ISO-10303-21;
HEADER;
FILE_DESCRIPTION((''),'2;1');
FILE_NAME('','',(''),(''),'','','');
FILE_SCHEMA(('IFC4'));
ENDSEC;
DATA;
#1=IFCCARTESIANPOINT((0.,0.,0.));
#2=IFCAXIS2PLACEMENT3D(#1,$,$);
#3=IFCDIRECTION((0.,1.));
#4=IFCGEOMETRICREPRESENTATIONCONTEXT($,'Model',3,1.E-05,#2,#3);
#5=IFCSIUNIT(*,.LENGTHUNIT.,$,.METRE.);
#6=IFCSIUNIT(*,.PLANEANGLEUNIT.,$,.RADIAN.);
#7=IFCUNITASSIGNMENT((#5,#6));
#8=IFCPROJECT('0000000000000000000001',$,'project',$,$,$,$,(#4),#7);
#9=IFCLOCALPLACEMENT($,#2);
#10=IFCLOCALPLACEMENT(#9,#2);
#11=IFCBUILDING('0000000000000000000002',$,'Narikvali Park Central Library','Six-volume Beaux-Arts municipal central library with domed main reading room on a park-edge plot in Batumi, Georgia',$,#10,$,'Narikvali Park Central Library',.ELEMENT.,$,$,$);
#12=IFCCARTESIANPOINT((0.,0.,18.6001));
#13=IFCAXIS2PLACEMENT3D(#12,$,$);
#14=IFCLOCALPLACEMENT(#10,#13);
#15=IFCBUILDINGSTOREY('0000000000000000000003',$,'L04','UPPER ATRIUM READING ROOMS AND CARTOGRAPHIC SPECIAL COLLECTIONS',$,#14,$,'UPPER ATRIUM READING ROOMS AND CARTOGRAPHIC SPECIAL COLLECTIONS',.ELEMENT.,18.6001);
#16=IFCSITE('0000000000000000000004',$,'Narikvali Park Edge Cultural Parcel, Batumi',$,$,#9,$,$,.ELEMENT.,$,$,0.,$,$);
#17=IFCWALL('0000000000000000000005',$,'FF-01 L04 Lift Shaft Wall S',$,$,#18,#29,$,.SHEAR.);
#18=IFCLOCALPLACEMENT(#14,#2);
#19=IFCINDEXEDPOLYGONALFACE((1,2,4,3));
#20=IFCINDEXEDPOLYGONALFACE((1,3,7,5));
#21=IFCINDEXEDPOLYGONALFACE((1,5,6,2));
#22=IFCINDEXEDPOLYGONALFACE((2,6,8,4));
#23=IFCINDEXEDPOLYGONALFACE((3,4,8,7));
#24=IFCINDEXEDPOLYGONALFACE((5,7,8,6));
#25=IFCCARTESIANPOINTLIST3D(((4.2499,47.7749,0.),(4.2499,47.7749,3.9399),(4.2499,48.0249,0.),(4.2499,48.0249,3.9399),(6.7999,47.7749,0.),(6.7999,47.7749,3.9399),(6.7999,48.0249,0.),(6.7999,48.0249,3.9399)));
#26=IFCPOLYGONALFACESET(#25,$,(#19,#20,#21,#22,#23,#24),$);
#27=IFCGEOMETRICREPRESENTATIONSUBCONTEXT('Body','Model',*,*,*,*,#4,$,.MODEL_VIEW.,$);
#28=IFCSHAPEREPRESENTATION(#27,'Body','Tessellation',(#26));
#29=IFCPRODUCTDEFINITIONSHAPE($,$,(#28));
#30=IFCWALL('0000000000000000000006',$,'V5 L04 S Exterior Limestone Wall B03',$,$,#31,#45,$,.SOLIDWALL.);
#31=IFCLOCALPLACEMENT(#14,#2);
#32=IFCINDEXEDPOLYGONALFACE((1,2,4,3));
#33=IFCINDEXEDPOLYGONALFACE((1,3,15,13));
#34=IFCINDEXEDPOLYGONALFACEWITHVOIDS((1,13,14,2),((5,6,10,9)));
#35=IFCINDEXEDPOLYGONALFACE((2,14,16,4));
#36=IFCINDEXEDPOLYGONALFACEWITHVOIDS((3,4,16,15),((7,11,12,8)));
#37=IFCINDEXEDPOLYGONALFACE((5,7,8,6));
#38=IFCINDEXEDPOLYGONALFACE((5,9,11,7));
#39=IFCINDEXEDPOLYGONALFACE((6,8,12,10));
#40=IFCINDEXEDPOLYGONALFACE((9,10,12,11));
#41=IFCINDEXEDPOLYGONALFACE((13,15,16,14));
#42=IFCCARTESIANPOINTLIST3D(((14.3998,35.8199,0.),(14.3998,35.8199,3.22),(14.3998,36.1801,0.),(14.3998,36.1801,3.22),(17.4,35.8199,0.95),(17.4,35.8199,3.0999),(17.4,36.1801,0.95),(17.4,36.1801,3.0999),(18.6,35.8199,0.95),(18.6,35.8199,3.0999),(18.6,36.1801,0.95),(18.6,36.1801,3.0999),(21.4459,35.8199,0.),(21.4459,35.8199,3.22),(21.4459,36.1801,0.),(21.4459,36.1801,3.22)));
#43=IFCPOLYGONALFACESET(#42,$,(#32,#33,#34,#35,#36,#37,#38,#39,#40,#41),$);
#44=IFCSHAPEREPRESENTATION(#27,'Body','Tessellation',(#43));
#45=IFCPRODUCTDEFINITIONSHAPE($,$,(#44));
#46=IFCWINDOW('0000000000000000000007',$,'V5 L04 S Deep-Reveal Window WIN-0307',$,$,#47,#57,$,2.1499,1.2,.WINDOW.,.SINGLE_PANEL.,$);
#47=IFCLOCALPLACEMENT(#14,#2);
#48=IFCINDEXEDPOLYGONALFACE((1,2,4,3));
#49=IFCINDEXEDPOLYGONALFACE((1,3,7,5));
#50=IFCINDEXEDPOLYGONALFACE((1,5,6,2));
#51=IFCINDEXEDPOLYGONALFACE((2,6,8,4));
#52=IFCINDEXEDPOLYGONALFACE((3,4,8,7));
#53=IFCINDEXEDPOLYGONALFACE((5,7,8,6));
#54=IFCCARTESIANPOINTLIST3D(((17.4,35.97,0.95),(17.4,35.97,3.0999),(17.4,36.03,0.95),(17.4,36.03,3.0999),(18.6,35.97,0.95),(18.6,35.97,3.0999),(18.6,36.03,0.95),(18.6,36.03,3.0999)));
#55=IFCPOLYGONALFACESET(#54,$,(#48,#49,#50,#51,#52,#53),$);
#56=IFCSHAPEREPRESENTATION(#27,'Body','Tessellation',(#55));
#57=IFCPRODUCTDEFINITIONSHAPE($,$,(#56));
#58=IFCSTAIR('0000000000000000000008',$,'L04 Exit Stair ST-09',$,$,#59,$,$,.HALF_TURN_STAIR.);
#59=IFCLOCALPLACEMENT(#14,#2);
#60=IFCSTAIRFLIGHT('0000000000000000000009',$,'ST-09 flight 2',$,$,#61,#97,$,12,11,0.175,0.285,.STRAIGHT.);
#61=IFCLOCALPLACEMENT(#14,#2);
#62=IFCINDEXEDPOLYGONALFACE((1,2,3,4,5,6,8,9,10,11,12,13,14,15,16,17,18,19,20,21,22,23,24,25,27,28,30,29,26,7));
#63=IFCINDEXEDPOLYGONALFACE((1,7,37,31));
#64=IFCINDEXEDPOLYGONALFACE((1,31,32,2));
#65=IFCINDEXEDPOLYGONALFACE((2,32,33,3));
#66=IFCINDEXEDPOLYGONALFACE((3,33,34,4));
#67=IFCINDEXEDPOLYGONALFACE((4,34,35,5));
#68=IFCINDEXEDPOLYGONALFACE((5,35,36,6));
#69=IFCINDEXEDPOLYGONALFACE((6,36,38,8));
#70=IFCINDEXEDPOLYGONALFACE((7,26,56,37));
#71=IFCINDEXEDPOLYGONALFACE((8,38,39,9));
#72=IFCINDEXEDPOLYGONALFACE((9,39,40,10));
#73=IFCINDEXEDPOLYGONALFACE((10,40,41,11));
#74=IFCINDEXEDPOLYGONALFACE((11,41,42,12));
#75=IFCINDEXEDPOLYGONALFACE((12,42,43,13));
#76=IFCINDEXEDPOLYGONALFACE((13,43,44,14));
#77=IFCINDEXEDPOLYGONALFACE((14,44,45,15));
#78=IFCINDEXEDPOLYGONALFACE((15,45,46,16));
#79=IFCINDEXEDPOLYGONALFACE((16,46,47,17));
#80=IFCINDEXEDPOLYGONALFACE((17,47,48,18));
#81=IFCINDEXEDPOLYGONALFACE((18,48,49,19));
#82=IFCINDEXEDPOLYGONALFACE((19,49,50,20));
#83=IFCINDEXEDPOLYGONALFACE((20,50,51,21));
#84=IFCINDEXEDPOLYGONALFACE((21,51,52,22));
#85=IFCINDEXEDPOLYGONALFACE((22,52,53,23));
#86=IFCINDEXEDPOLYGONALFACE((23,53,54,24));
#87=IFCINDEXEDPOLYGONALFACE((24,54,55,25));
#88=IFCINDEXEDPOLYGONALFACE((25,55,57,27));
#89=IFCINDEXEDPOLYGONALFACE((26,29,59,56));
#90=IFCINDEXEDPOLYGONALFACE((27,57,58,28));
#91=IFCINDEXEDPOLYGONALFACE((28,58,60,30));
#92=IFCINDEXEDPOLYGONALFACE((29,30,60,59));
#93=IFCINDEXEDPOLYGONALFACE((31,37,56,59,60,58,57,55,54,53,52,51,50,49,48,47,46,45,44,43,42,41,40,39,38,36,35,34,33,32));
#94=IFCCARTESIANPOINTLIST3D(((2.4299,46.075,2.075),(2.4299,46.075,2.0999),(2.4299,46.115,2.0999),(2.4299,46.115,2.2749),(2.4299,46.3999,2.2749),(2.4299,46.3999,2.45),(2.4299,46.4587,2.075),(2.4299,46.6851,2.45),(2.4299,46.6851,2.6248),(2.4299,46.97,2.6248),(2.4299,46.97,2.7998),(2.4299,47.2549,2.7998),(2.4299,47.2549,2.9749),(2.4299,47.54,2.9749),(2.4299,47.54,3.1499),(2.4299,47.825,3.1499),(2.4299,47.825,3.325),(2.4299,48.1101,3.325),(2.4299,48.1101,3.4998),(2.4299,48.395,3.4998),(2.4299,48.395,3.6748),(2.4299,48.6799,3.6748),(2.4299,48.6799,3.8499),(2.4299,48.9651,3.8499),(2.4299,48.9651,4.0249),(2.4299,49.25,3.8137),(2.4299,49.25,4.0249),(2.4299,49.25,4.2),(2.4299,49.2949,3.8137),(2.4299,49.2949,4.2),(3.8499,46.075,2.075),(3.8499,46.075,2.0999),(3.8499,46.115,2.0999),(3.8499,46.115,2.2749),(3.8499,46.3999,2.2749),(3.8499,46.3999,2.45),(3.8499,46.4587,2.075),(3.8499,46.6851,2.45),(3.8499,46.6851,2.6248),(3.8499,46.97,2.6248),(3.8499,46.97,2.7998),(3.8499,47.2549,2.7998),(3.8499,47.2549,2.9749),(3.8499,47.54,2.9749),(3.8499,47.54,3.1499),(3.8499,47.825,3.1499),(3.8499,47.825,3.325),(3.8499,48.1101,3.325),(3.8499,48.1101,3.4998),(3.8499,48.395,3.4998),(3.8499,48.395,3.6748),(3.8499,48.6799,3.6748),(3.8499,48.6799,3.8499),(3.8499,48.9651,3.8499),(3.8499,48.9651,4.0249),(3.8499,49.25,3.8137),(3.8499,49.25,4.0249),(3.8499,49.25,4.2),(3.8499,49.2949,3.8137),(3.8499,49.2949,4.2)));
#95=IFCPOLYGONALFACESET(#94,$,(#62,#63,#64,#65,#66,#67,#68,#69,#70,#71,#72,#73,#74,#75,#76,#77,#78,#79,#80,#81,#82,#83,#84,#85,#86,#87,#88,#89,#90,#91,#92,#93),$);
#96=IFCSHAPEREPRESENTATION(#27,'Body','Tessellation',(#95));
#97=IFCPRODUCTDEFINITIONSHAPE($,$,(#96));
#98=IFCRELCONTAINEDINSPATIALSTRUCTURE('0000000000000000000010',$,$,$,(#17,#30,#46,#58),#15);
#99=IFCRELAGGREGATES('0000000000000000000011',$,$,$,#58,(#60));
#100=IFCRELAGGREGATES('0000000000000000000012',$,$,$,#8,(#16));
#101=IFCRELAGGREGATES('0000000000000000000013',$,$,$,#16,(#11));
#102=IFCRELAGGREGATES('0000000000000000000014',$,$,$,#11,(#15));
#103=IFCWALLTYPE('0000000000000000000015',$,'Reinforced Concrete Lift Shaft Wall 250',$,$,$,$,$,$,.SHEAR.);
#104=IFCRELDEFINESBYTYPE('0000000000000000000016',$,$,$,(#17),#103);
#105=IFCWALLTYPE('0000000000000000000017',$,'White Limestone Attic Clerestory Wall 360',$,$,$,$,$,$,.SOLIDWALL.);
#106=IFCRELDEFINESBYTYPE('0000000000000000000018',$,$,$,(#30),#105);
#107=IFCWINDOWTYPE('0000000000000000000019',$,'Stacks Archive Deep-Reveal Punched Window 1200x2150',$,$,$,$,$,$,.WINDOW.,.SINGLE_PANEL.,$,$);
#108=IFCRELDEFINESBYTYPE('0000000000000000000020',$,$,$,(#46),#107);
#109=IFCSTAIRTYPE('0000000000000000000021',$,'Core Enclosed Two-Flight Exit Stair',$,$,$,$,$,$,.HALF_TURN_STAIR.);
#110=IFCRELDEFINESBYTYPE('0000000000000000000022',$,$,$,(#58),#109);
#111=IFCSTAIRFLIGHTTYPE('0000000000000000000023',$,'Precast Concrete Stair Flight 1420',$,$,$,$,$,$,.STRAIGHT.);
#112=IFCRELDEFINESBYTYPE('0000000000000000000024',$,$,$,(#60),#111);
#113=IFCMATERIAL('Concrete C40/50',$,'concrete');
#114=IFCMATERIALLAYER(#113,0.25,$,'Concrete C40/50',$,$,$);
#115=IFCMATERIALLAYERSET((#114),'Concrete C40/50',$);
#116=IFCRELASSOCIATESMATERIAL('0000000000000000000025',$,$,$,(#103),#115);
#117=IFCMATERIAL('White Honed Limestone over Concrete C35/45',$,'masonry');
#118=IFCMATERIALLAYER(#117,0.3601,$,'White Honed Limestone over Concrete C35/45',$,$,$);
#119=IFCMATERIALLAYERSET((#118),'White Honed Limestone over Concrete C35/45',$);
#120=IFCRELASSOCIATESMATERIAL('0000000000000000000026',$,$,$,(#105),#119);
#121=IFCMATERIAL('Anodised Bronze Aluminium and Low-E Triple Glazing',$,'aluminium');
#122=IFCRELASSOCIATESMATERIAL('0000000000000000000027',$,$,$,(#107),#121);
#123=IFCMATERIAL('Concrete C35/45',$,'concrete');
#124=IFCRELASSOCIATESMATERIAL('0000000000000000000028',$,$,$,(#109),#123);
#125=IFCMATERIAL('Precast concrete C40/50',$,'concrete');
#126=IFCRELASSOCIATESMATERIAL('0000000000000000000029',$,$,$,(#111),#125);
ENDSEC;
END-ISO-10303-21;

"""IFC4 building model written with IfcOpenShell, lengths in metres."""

from ifc_helpers import new_model, si_unit, direction, frame, frame_2d, origin, place, context, subcontext, project, spatial, polyline, rectangle, outline, extrude, material, layer, layer_set, type_object, element, fill, aggregate, save


model = new_model("IFC4")

# Units and contexts
model_context = context("Model", 3, precision=1e-05, world=origin(), true_north=direction((0.0, 1.0)))
body_context = subcontext(model_context, "Body", "Model", "MODEL_VIEW")
ifc_project = project(units=[si_unit("LENGTHUNIT", "METRE"), si_unit("PLANEANGLEUNIT", "RADIAN")], contexts=[model_context])

# Site, building, storey
site_placement = place(None, origin())
site = spatial("IfcSite", under=ifc_project, at=site_placement, Name="Narikvali Park Edge Cultural Parcel, Batumi", CompositionType="ELEMENT", RefElevation=0.0)
building_placement = place(site_placement, origin())
building = spatial("IfcBuilding", under=site, at=building_placement, Name="Narikvali Park Central Library", Description="Six-volume Beaux-Arts municipal central library with domed main reading room on a park-edge plot in Batumi, Georgia", LongName="Narikvali Park Central Library", CompositionType="ELEMENT")
storey_placement = place(building_placement, frame((0.0, 0.0, 18.6001)))
storey = spatial("IfcBuildingStorey", under=building, at=storey_placement, Name="L04", Description="UPPER ATRIUM READING ROOMS AND CARTOGRAPHIC SPECIAL COLLECTIONS", LongName="UPPER ATRIUM READING ROOMS AND CARTOGRAPHIC SPECIAL COLLECTIONS", CompositionType="ELEMENT", Elevation=18.6001)

# Wall
ifc_material_1 = material(Name="Concrete C40/50", Category="concrete")
ifc_layer_1 = layer(ifc_material_1, 0.25, Name="Concrete C40/50")
ifc_layer_set_1 = layer_set([ifc_layer_1], Name="Concrete C40/50")
wall_type_1 = type_object("IfcWallType", Name="Reinforced Concrete Lift Shaft Wall 250", PredefinedType="SHEAR", material=ifc_layer_set_1)
wall_1_placement = place(storey_placement, frame((4.25, 47.8999, 0.0), z_axis=(0.0, 0.0, 1.0), x_axis=(1.0, 0.0, 0.0)))
element("IfcWall", 1, at=wall_1_placement, inside=storey, type_object=wall_type_1, Name="FF-01 L04 Lift Shaft Wall S", PredefinedType="SHEAR", context=body_context, shape_type="SweptSolid", body=[
    extrude(rectangle(XDim=2.55, YDim=0.25, at=frame_2d((1.2749, 0.0))), origin(), (0.0, 0.0, 1.0), 3.9399),
])

# Wall, opening, window
ifc_material_2 = material(Name="White Honed Limestone over Concrete C35/45", Category="masonry")
ifc_layer_2 = layer(ifc_material_2, 0.3601, Name="White Honed Limestone over Concrete C35/45")
ifc_layer_set_2 = layer_set([ifc_layer_2], Name="White Honed Limestone over Concrete C35/45")
wall_type_2 = type_object("IfcWallType", Name="White Limestone Attic Clerestory Wall 360", PredefinedType="SOLIDWALL", material=ifc_layer_set_2)
wall_2_placement = place(storey_placement, frame((14.3999, 36.0, 0.0), z_axis=(0.0, 0.0, 1.0), x_axis=(1.0, 0.0, 0.0)))
wall_2 = element("IfcWall", 2, at=wall_2_placement, inside=storey, type_object=wall_type_2, Name="V5 L04 S Exterior Limestone Wall B03", PredefinedType="SOLIDWALL", context=body_context, shape_type="SweptSolid", body=[
    extrude(rectangle(XDim=7.0461, YDim=0.3601, at=frame_2d((3.5229, 0.0))), origin(), (0.0, 0.0, 1.0), 3.22),
])
opening_1_placement = place(wall_2_placement, frame((3.0, 0.0, 0.95)))
opening_1 = element("IfcOpeningElement", 3, at=opening_1_placement, cuts=wall_2, PredefinedType="OPENING", context=body_context, shape_type="SweptSolid", body=[
    extrude(rectangle(XDim=1.2, YDim=2.1499, at=frame_2d((0.6001, 1.075))), frame((0.0, 0.1919, 0.0), z_axis=(0.0, -1.0, 0.0), x_axis=(1.0, 0.0, 0.0)), (0.0, 0.0, 1.0), 0.384),
])
ifc_material_3 = material(Name="Anodised Bronze Aluminium and Low-E Triple Glazing", Category="aluminium")
window_type = type_object("IfcWindowType", Name="Stacks Archive Deep-Reveal Punched Window 1200x2150", PartitioningType="SINGLE_PANEL", PredefinedType="WINDOW", material=ifc_material_3)
window_placement = place(opening_1_placement, origin())
window = element("IfcWindow", 4, at=window_placement, inside=storey, type_object=window_type, Name="V5 L04 S Deep-Reveal Window WIN-0307", OverallHeight=2.1499, OverallWidth=1.2, PartitioningType="SINGLE_PANEL", PredefinedType="WINDOW", context=body_context, shape_type="SweptSolid", body=[
    extrude(rectangle(XDim=1.2, YDim=2.1499, at=frame_2d((0.6001, 1.075))), frame((0.0, 0.03, 0.0), z_axis=(0.0, -1.0, 0.0), x_axis=(1.0, 0.0, 0.0)), (0.0, 0.0, 1.0), 0.0601),
])
fill(opening_1, window)

# Stair, stair flight
ifc_material_4 = material(Name="Concrete C35/45", Category="concrete")
stair_type = type_object("IfcStairType", Name="Core Enclosed Two-Flight Exit Stair", PredefinedType="HALF_TURN_STAIR", material=ifc_material_4)
stair_placement = place(storey_placement, origin())
stair = element("IfcStair", 5, at=stair_placement, inside=storey, type_object=stair_type, Name="L04 Exit Stair ST-09", PredefinedType="HALF_TURN_STAIR")
ifc_material_5 = material(Name="Precast concrete C40/50", Category="concrete")
stair_flight_type = type_object("IfcStairFlightType", Name="Precast Concrete Stair Flight 1420", PredefinedType="STRAIGHT", material=ifc_material_5)
stair_flight_placement = place(storey_placement, frame((3.1399, 46.115, 2.0999), z_axis=(0.0, 0.0, 1.0), x_axis=(0.0, 1.0, 0.0)))
stair_flight = element("IfcStairFlight", 6, at=stair_flight_placement, type_object=stair_flight_type, Name="ST-09 flight 2", NumberOfRisers=12, NumberOfTreads=11, PredefinedType="STRAIGHT", RiserHeight=0.175, TreadLength=0.285, context=body_context, shape_type="SweptSolid", body=[
    extrude(outline(polyline([(-0.04, -0.0249), (-0.04, 0.0), (0.0, 0.0), (0.0, 0.175), (0.2849, 0.175), (0.2849, 0.3501), (0.5701, 0.3501), (0.5701, 0.5249), (0.855, 0.5249), (0.855, 0.7), (1.1399, 0.7), (1.1399, 0.875), (1.425, 0.875), (1.425, 1.05), (1.71, 1.05), (1.71, 1.2251), (1.9951, 1.2251), (1.9951, 1.3999), (2.28, 1.3999), (2.28, 1.575), (2.5649, 1.575), (2.5649, 1.75), (2.8501, 1.75), (2.8501, 1.925), (3.135, 1.925), (3.135, 2.1001), (3.1799, 2.1001), (3.1799, 1.7139), (3.135, 1.7139), (0.3438, -0.0249), (-0.04, -0.0249)])), frame((0.0, 0.71, 0.0), z_axis=(0.0, -1.0, 0.0), x_axis=(1.0, 0.0, 0.0)), (0.0, 0.0, 1.0), 1.4199),
])
aggregate(stair, [stair_flight])

save(model, "model.ifc")
